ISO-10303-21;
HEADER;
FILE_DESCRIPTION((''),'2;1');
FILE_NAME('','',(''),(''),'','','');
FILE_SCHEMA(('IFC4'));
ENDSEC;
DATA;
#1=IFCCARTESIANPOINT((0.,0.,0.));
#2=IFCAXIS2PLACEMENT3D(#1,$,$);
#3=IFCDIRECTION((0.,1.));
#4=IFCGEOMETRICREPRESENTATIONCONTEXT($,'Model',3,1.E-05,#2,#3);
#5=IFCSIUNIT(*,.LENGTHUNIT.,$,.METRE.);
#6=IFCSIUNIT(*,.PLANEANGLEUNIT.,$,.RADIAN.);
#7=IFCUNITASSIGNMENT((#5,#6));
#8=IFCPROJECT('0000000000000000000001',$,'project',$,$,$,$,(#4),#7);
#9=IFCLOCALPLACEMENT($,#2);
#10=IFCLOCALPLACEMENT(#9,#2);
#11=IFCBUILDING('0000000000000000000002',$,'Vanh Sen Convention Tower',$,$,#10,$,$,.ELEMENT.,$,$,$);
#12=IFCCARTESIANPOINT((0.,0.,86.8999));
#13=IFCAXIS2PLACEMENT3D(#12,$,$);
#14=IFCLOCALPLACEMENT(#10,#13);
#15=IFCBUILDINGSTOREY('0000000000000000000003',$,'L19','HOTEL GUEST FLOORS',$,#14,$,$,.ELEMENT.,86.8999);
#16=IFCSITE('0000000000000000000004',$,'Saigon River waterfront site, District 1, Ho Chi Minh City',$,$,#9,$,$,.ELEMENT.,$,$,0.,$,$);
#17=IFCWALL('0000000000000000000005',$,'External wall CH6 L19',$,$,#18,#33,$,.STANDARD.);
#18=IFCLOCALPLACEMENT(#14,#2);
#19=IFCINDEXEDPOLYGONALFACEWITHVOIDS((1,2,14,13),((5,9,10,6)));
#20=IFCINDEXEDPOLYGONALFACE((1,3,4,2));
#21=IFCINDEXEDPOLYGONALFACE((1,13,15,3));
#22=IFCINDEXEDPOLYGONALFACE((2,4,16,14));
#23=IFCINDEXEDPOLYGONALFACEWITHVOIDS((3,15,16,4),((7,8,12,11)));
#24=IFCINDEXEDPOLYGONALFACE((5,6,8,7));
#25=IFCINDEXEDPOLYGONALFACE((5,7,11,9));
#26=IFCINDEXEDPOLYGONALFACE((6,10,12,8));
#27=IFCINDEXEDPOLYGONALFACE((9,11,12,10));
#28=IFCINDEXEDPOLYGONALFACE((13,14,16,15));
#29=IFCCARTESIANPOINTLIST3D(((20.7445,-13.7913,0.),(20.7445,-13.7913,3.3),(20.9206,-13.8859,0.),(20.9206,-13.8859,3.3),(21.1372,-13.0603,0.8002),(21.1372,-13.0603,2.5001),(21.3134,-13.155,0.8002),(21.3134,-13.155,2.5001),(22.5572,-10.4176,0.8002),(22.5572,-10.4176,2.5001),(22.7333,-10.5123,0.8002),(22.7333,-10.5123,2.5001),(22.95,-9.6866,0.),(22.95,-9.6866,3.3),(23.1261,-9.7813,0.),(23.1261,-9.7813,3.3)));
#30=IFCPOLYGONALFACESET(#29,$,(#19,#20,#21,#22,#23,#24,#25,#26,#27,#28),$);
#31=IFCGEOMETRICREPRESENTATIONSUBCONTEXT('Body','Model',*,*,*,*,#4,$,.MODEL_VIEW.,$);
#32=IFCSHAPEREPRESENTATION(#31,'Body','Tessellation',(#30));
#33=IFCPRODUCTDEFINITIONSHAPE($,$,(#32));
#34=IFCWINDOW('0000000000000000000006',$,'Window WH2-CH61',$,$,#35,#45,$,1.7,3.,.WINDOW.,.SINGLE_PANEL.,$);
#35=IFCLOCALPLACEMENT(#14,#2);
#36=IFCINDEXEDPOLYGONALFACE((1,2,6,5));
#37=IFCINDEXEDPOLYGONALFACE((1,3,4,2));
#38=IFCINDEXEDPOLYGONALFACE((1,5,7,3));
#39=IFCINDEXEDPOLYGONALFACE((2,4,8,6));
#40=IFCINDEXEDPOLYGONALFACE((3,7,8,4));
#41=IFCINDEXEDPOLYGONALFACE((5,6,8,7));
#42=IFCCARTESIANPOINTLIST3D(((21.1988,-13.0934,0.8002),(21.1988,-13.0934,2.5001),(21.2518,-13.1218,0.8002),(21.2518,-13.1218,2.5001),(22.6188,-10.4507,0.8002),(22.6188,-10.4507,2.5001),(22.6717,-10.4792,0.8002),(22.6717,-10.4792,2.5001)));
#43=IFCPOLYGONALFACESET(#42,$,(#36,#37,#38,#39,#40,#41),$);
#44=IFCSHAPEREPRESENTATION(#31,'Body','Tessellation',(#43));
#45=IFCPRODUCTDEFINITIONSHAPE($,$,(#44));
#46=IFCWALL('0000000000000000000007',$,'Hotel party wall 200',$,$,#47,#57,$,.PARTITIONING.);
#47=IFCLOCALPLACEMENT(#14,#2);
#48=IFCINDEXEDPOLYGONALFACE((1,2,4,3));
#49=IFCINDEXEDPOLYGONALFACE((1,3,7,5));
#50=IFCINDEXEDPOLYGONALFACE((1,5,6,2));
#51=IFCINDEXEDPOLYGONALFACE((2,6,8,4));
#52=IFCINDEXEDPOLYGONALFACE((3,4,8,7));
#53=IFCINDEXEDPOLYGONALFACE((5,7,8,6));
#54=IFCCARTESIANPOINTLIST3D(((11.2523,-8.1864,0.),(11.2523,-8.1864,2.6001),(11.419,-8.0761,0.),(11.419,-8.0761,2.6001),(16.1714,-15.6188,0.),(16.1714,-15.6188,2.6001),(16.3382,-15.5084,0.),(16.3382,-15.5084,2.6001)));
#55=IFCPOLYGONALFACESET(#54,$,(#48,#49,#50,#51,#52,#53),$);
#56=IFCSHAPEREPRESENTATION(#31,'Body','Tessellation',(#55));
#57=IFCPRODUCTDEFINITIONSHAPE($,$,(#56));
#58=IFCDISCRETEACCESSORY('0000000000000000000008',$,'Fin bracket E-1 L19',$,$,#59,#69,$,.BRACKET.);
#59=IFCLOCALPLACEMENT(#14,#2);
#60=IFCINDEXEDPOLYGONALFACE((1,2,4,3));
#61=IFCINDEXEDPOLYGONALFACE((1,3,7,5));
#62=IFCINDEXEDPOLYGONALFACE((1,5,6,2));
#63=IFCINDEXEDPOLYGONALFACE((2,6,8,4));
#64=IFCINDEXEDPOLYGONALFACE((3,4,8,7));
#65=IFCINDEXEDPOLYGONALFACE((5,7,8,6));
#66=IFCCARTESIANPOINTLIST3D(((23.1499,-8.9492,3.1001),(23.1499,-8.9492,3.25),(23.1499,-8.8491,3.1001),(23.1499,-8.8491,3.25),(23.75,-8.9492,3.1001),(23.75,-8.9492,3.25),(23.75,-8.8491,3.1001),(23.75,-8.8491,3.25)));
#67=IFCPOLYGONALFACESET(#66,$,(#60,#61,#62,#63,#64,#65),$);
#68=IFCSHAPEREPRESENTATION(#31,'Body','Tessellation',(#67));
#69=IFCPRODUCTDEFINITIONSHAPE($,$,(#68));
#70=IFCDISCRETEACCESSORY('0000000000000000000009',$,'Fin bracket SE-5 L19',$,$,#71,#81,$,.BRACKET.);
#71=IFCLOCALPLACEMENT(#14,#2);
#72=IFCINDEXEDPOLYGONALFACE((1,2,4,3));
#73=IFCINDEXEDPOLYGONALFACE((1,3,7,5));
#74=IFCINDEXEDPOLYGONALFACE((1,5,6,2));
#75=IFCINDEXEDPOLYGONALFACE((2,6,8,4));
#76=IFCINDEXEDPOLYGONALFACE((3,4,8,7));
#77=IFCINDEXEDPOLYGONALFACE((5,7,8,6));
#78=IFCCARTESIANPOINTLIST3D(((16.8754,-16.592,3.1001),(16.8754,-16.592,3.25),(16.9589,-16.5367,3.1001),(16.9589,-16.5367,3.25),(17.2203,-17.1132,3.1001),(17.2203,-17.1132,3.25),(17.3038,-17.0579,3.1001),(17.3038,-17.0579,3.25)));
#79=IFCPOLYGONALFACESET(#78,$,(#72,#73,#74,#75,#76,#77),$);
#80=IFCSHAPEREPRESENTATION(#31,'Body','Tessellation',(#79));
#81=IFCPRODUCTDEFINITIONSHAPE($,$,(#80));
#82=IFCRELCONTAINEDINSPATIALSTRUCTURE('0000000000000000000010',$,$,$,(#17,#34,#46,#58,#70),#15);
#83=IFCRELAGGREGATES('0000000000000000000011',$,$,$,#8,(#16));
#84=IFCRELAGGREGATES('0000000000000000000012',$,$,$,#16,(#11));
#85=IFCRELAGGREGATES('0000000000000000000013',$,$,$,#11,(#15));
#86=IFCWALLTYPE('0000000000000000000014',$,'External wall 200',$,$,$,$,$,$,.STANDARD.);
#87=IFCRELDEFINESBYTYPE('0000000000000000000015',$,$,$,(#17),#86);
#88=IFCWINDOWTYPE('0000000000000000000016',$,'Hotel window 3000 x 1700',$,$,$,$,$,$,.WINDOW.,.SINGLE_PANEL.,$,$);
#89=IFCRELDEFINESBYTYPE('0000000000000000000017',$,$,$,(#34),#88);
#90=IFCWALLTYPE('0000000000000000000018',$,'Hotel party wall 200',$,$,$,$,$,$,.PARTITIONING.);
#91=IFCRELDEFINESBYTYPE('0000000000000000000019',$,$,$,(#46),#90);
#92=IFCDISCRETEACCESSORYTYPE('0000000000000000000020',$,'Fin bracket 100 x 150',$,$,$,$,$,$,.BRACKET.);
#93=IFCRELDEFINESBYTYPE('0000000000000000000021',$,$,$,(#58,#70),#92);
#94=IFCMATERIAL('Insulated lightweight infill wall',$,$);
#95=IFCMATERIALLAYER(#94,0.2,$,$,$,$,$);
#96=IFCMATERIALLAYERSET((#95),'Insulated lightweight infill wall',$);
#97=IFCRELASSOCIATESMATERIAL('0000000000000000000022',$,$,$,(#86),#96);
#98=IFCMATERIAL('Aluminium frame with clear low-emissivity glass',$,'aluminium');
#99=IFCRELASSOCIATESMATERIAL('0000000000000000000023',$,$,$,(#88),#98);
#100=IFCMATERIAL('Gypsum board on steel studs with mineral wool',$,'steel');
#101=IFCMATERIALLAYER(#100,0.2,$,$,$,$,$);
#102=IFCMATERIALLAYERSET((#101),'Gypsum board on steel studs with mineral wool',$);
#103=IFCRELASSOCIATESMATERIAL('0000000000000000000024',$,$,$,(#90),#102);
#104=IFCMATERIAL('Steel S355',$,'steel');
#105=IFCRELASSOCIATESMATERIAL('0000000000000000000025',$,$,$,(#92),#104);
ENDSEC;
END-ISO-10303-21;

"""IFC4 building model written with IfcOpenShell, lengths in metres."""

from ifc_helpers import new_model, si_unit, direction, frame, frame_2d, origin, origin_2d, place, context, subcontext, project, spatial, rectangle, extrude, material, layer, layer_set, type_object, element, fill, save


model = new_model("IFC4")

# Units and contexts
model_context = context("Model", 3, precision=1e-05, world=origin(), true_north=direction((0.0, 1.0)))
body_context = subcontext(model_context, "Body", "Model", "MODEL_VIEW")
ifc_project = project(units=[si_unit("LENGTHUNIT", "METRE"), si_unit("PLANEANGLEUNIT", "RADIAN")], contexts=[model_context])

# Site, building, storey
site_placement = place(None, origin())
site = spatial("IfcSite", under=ifc_project, at=site_placement, Name="Saigon River waterfront site, District 1, Ho Chi Minh City", CompositionType="ELEMENT", RefElevation=0.0)
building_placement = place(site_placement, origin())
building = spatial("IfcBuilding", under=site, at=building_placement, Name="Vanh Sen Convention Tower", CompositionType="ELEMENT")
storey_placement = place(building_placement, frame((0.0, 0.0, 86.8999)))
storey = spatial("IfcBuildingStorey", under=building, at=storey_placement, Name="L19", Description="HOTEL GUEST FLOORS", CompositionType="ELEMENT", Elevation=86.8999)

# Shared definitions
ifc_material_1 = material(Name="Insulated lightweight infill wall")
ifc_layer_1 = layer(ifc_material_1, 0.2)
ifc_layer_set_1 = layer_set([ifc_layer_1], Name="Insulated lightweight infill wall")
wall_type_1 = type_object("IfcWallType", Name="External wall 200", PredefinedType="STANDARD", material=ifc_layer_set_1)
ifc_material_2 = material(Name="Aluminium frame with clear low-emissivity glass", Category="aluminium")

# Wall, opening, window
wall_1_placement = place(storey_placement, frame((20.8325, -13.8386, 0.0), z_axis=(0.0, 0.0, 1.0), x_axis=(0.473322, 0.88089, 0.0)))
wall_1 = element("IfcWall", 1, at=wall_1_placement, inside=storey, type_object=wall_type_1, Name="External wall CH6 L19", PredefinedType="STANDARD", context=body_context, shape_type="SweptSolid", body=[
    extrude(rectangle(XDim=4.6597, YDim=0.2, at=frame_2d((2.3298, 0.0))), origin(), (0.0, 0.0, 1.0), 3.3),
])
opening_1_placement = place(wall_1_placement, frame((0.8298, 0.0, 0.8)))
opening_1 = element("IfcOpeningElement", 2, at=opening_1_placement, cuts=wall_1, PredefinedType="OPENING", context=body_context, shape_type="SweptSolid", body=[
    extrude(rectangle(XDim=3.0, YDim=1.7, at=frame_2d((1.5, 0.8501))), frame((0.0, 0.1099, 0.0), z_axis=(0.0, -1.0, 0.0), x_axis=(1.0, 0.0, 0.0)), (0.0, 0.0, 1.0), 0.22),
])
window_type_1 = type_object("IfcWindowType", Name="Hotel window 3000 x 1700", PartitioningType="SINGLE_PANEL", PredefinedType="WINDOW", material=ifc_material_2)
window_1_placement = place(opening_1_placement, origin())
window_1 = element("IfcWindow", 3, at=window_1_placement, inside=storey, type_object=window_type_1, Name="Window WH2-CH61", OverallHeight=1.7, OverallWidth=3.0, PartitioningType="SINGLE_PANEL", PredefinedType="WINDOW", context=body_context, shape_type="SweptSolid", body=[
    extrude(rectangle(XDim=3.0, YDim=1.7, at=frame_2d((1.5, 0.8501))), frame((0.0, 0.03, 0.0), z_axis=(0.0, -1.0, 0.0), x_axis=(1.0, 0.0, 0.0)), (0.0, 0.0, 1.0), 0.0601),
])
fill(opening_1, window_1)

# Wall
ifc_material_3 = material(Name="Gypsum board on steel studs with mineral wool", Category="steel")
ifc_layer_2 = layer(ifc_material_3, 0.2)
ifc_layer_set_2 = layer_set([ifc_layer_2], Name="Gypsum board on steel studs with mineral wool")
wall_type_2 = type_object("IfcWallType", Name="Hotel party wall 200", PredefinedType="PARTITIONING", material=ifc_layer_set_2)
wall_2_placement = place(storey_placement, frame((16.2549, -15.5637, 0.0), z_axis=(0.0, 0.0, 1.0), x_axis=(-0.551922, 0.833896, 0.0)))
element("IfcWall", 4, at=wall_2_placement, inside=storey, type_object=wall_type_2, Name="Hotel party wall 200", PredefinedType="PARTITIONING", context=body_context, shape_type="SweptSolid", body=[
    extrude(rectangle(XDim=8.9128, YDim=0.2, at=frame_2d((4.4565, 0.0))), origin(), (0.0, 0.0, 1.0), 2.6001),
])

# Discrete accessories
ifc_material_4 = material(Name="Steel S355", Category="steel")
discrete_accessory_type = type_object("IfcDiscreteAccessoryType", Name="Fin bracket 100 x 150", PredefinedType="BRACKET", material=ifc_material_4)
discrete_accessory_1_placement = place(storey_placement, frame((23.45, -8.8992, 3.1001), z_axis=(0.0, 0.0, 1.0), x_axis=(1.0, 0.0, 0.0)))
element("IfcDiscreteAccessory", 5, at=discrete_accessory_1_placement, inside=storey, type_object=discrete_accessory_type, Name="Fin bracket E-1 L19", PredefinedType="BRACKET", context=body_context, shape_type="SweptSolid", body=[
    extrude(rectangle(XDim=0.6001, YDim=0.1001, at=origin_2d()), origin(), (0.0, 0.0, 1.0), 0.1499),
])
discrete_accessory_2_placement = place(storey_placement, frame((17.0896, -16.825, 3.1001), z_axis=(0.0, 0.0, 1.0), x_axis=(0.551937, -0.833886, 0.0)))
element("IfcDiscreteAccessory", 6, at=discrete_accessory_2_placement, inside=storey, type_object=discrete_accessory_type, Name="Fin bracket SE-5 L19", PredefinedType="BRACKET", context=body_context, shape_type="SweptSolid", body=[
    extrude(rectangle(XDim=0.625, YDim=0.1001, at=origin_2d()), origin(), (0.0, 0.0, 1.0), 0.1499),
])

save(model, "model.ifc")
